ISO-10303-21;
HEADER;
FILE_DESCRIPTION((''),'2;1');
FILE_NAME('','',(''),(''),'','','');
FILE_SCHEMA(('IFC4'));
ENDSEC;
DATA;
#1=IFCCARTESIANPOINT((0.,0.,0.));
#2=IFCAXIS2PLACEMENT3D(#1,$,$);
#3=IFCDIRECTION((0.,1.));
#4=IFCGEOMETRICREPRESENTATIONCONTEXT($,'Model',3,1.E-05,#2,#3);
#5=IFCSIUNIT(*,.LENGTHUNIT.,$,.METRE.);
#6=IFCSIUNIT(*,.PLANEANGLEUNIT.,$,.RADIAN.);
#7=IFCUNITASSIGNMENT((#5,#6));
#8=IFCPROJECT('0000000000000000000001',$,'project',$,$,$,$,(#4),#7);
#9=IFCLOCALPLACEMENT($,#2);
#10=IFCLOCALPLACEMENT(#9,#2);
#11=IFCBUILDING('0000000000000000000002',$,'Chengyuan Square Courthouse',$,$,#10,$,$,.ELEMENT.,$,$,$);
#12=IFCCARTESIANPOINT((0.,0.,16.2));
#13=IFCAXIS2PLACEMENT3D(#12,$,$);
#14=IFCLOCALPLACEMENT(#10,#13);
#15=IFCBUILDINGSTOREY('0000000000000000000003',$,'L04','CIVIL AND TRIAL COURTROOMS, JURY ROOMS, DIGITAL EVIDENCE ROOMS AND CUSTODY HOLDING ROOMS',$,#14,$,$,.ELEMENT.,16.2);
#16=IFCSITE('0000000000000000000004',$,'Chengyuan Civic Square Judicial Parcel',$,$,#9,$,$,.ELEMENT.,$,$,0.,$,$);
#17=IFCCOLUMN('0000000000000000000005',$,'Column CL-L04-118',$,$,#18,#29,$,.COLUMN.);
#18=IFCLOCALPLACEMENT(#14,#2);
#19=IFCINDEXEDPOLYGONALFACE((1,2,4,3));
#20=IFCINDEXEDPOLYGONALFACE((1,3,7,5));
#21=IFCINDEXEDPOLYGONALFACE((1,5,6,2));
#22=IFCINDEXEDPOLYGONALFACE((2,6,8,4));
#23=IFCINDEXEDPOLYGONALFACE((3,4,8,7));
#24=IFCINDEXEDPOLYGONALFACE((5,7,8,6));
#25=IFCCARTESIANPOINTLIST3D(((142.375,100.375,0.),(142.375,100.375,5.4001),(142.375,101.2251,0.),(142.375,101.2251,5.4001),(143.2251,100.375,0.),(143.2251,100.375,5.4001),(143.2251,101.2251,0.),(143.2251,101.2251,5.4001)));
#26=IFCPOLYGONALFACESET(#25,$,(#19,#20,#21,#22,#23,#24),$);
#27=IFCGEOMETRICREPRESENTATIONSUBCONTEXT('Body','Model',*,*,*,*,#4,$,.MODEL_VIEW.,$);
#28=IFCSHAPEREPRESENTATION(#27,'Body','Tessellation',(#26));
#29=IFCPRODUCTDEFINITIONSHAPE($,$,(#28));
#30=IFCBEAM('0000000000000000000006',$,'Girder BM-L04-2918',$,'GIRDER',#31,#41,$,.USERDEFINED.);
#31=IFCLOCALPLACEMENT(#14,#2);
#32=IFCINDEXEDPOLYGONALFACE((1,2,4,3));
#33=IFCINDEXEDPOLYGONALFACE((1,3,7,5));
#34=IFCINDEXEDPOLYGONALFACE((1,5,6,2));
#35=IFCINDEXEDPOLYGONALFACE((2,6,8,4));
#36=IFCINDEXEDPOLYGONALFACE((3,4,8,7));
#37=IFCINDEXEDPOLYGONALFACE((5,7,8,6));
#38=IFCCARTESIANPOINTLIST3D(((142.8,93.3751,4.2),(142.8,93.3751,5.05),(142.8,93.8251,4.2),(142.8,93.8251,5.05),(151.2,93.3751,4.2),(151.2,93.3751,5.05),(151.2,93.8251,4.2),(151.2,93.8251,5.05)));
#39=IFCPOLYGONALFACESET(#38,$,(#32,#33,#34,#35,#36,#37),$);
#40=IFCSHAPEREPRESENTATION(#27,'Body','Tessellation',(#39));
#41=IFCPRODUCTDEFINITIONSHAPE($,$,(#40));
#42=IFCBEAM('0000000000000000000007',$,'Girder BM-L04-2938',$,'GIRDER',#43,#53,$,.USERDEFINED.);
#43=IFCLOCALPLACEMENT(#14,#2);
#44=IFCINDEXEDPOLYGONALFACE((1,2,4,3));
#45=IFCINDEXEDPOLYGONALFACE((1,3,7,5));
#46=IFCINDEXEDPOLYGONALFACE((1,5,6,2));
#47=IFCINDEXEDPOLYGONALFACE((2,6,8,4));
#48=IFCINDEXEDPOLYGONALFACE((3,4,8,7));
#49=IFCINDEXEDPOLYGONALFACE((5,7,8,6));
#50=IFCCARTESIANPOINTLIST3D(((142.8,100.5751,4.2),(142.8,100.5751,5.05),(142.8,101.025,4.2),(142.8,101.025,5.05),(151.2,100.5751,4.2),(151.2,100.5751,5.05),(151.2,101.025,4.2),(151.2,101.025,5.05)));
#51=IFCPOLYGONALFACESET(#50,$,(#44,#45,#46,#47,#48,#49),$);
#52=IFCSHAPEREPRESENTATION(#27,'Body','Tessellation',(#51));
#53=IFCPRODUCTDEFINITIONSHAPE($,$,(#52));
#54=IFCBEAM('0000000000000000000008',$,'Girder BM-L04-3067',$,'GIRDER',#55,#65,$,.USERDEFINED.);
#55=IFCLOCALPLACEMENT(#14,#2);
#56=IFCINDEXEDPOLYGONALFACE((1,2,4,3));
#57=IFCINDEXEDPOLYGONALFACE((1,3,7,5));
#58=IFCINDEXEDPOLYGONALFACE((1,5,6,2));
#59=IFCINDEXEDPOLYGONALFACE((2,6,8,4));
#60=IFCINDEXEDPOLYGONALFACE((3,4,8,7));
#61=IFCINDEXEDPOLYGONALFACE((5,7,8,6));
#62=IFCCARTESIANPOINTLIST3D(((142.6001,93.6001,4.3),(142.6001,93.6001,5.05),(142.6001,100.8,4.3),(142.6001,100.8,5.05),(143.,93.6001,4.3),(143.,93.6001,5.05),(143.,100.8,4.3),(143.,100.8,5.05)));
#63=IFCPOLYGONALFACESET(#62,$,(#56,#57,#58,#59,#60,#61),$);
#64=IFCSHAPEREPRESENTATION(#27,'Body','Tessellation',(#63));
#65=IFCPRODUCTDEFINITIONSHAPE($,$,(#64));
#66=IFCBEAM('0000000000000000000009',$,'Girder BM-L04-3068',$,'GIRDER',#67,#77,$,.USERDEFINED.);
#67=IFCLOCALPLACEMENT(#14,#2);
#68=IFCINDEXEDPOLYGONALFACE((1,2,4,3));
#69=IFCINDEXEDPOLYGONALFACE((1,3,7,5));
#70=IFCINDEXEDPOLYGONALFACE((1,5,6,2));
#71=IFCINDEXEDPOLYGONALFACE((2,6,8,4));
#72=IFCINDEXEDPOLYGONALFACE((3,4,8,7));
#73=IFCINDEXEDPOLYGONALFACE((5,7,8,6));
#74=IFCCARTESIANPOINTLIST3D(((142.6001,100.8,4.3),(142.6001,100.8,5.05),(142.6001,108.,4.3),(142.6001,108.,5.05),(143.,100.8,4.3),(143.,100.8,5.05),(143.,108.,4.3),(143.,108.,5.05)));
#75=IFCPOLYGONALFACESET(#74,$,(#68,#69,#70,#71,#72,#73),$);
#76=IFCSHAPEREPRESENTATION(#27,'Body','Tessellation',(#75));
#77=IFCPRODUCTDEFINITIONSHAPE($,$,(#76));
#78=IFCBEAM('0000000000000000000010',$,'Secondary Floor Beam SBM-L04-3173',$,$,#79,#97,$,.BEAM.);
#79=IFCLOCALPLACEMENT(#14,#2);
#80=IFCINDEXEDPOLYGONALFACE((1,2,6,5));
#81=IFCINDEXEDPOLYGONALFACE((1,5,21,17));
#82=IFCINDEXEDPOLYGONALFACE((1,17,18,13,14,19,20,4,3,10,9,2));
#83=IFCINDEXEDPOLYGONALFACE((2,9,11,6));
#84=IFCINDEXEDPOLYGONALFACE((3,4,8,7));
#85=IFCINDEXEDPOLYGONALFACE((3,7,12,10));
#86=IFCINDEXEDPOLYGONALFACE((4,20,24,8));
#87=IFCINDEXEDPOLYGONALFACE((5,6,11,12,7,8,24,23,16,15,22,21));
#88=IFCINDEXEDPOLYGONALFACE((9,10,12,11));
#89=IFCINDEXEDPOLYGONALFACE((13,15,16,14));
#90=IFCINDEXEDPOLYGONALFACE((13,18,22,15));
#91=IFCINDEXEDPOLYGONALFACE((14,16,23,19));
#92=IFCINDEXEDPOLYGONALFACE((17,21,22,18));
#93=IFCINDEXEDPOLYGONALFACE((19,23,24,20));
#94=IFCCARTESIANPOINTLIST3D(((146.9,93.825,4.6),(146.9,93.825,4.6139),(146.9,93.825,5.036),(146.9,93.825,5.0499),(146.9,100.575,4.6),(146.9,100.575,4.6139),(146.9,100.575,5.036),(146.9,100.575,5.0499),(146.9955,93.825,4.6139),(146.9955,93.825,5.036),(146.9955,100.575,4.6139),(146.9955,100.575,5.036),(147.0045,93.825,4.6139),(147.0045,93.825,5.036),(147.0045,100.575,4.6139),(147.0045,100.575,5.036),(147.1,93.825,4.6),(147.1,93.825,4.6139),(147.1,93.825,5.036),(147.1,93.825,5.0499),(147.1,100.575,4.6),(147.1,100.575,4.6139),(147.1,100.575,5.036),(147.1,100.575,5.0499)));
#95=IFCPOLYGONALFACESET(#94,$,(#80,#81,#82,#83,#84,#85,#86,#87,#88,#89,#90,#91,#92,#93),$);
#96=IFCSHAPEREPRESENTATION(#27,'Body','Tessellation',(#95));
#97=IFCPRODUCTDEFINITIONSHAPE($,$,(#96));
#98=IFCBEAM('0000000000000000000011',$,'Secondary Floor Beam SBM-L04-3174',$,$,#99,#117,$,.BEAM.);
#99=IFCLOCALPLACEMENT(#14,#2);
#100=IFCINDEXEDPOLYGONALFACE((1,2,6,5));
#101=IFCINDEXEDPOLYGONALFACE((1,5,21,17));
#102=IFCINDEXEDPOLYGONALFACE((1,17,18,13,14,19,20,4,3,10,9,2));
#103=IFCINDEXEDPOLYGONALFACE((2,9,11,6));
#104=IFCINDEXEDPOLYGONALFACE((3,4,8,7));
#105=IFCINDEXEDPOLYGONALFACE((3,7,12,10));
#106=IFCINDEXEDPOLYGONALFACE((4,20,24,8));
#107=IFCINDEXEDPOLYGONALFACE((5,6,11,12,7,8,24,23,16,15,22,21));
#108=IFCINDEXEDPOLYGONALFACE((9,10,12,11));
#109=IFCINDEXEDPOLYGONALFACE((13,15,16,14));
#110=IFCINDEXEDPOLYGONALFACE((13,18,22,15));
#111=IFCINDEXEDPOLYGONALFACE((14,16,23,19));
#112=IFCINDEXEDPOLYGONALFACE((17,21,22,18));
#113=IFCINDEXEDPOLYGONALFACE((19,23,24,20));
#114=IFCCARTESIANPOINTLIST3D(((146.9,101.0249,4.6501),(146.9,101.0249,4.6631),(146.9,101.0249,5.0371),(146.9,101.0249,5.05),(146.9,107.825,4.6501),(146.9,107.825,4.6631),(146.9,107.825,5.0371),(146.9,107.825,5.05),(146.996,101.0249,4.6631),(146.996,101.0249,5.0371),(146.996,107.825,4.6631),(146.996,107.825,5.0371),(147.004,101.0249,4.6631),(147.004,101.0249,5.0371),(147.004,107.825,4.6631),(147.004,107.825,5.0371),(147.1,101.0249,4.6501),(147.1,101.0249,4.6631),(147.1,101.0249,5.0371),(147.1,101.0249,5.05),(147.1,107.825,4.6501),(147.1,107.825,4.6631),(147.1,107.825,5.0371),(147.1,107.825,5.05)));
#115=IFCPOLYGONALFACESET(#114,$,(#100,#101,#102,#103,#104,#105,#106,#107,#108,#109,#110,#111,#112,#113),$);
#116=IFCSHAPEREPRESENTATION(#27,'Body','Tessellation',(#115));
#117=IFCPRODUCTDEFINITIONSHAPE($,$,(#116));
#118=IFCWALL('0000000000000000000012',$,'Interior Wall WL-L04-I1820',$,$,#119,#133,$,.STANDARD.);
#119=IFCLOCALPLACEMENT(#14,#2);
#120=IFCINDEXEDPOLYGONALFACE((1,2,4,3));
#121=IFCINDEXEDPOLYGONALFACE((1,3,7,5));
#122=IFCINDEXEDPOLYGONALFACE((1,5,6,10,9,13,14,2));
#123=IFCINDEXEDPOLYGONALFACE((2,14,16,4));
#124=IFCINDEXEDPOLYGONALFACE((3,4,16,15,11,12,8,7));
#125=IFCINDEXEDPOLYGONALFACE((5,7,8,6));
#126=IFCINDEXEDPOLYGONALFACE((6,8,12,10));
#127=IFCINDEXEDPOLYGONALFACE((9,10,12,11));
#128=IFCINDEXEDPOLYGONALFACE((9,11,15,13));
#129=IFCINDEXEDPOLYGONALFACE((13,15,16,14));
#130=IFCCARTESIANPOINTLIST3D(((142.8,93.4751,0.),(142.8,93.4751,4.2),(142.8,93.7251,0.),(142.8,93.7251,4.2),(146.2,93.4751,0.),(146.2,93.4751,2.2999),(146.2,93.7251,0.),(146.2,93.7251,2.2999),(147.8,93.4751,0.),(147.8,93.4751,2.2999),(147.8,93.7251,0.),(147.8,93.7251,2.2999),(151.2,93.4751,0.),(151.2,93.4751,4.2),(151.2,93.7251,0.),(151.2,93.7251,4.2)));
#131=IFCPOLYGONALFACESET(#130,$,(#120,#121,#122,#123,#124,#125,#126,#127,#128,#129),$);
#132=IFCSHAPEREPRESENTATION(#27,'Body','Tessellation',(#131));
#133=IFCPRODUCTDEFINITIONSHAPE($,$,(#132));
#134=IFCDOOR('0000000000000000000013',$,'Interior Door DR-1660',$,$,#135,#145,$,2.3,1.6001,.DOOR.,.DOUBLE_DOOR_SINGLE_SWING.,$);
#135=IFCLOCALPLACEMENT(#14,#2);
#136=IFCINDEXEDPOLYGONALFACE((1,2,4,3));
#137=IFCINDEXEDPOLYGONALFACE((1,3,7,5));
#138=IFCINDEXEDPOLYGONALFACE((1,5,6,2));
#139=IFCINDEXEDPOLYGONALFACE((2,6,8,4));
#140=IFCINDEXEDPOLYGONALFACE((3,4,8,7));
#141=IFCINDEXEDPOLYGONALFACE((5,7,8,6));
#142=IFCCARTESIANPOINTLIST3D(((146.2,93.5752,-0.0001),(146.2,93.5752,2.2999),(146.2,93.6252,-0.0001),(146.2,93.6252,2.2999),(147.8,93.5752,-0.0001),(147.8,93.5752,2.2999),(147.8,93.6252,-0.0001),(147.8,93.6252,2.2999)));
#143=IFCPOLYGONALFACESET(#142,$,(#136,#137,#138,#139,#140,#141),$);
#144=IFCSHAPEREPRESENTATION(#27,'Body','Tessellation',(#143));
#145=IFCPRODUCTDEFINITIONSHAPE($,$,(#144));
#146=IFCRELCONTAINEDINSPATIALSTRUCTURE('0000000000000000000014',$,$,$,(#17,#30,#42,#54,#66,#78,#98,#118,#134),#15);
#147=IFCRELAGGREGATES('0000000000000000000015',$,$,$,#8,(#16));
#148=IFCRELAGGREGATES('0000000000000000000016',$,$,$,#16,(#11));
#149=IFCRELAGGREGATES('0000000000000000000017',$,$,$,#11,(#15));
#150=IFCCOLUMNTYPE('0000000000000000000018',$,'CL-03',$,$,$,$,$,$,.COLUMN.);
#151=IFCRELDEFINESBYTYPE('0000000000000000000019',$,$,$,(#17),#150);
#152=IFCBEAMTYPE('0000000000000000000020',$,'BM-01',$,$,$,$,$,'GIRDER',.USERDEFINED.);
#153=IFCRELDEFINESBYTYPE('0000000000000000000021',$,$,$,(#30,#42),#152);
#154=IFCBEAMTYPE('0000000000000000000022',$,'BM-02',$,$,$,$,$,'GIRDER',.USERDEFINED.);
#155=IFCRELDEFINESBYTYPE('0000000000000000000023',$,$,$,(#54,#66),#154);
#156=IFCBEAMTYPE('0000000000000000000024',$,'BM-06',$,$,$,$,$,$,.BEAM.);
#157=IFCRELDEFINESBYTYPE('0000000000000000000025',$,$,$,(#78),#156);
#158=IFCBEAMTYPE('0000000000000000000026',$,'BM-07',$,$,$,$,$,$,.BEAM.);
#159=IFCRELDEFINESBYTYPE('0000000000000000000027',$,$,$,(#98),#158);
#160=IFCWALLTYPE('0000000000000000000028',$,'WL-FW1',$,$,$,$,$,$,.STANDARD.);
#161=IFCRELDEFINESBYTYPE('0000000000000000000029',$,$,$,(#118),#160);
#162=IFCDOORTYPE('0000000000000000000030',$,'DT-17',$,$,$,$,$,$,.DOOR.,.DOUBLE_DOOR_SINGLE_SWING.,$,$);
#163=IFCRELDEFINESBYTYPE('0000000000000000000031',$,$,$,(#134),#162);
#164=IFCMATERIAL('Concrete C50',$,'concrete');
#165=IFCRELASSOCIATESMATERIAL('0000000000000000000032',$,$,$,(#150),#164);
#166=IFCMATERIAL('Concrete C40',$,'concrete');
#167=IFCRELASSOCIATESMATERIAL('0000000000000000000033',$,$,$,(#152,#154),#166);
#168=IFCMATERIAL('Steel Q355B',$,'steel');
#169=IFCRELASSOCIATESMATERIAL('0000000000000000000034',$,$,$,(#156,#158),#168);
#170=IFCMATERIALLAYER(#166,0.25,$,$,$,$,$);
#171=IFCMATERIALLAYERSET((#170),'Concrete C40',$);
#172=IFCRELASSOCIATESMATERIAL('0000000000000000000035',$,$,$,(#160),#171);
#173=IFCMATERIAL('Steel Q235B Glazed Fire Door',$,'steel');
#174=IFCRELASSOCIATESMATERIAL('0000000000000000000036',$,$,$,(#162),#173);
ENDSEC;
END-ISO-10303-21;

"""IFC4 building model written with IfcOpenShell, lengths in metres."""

from ifc_helpers import new_model, si_unit, direction, frame, frame_2d, origin, origin_2d, place, context, subcontext, project, spatial, rectangle, i_section, extrude, material, layer, layer_set, material_profile, profile_set, type_object, element, fill, save


model = new_model("IFC4")

# Units and contexts
model_context = context("Model", 3, precision=1e-05, world=origin(), true_north=direction((0.0, 1.0)))
body_context = subcontext(model_context, "Body", "Model", "MODEL_VIEW")
ifc_project = project(units=[si_unit("LENGTHUNIT", "METRE"), si_unit("PLANEANGLEUNIT", "RADIAN")], contexts=[model_context])

# Site, building, storey
site_placement = place(None, origin())
site = spatial("IfcSite", under=ifc_project, at=site_placement, Name="Chengyuan Civic Square Judicial Parcel", CompositionType="ELEMENT", RefElevation=0.0)
building_placement = place(site_placement, origin())
building = spatial("IfcBuilding", under=site, at=building_placement, Name="Chengyuan Square Courthouse", CompositionType="ELEMENT")
storey_placement = place(building_placement, frame((0.0, 0.0, 16.2)))
storey = spatial("IfcBuildingStorey", under=building, at=storey_placement, Name="L04", Description="CIVIL AND TRIAL COURTROOMS, JURY ROOMS, DIGITAL EVIDENCE ROOMS AND CUSTODY HOLDING ROOMS", CompositionType="ELEMENT", Elevation=16.2)

# Column
ifc_material_1 = material(Name="Concrete C50", Category="concrete")
ifc_material_profile_1 = material_profile(ifc_material_1, rectangle(XDim=0.8501, YDim=0.8501, at=origin_2d()), Name="RC-COL-850x850")
ifc_profile_set_1 = profile_set([ifc_material_profile_1], Name="Concrete C50")
column_type = type_object("IfcColumnType", Name="CL-03", PredefinedType="COLUMN", material=ifc_profile_set_1)
column_placement = place(storey_placement, frame((142.8, 100.8, 0.0), z_axis=(0.0, 0.0, 1.0), x_axis=(1.0, 0.0, 0.0)))
element("IfcColumn", 1, at=column_placement, inside=storey, type_object=column_type, Name="Column CL-L04-118", PredefinedType="COLUMN", context=body_context, shape_type="SweptSolid", body=[
    extrude(rectangle(XDim=0.8501, YDim=0.8501, at=origin_2d()), origin(), (0.0, 0.0, 1.0), 5.4001),
])

# Beams
ifc_material_2 = material(Name="Concrete C40", Category="concrete")
ifc_material_profile_2 = material_profile(ifc_material_2, rectangle(XDim=0.45, YDim=0.8501, at=origin_2d()), Name="RC-BM-450x850")
ifc_profile_set_2 = profile_set([ifc_material_profile_2], Name="Concrete C40")
beam_type_1 = type_object("IfcBeamType", Name="BM-01", ElementType="GIRDER", PredefinedType="USERDEFINED", material=ifc_profile_set_2)
for number, where, z_axis, x_axis, name in (
    (2, (142.8, 93.6001, 4.625), (1.0, 0.0, 0.0), (0.0, 1.0, 0.0), "Girder BM-L04-2918"),
    (3, (142.8, 100.8, 4.625), (1.0, 0.0, 0.0), (0.0, 1.0, 0.0), "Girder BM-L04-2938"),
):
    element("IfcBeam", number, at=place(storey_placement, frame(where, z_axis=z_axis, x_axis=x_axis)), inside=storey, type_object=beam_type_1, Name=name, ObjectType="GIRDER", PredefinedType="USERDEFINED", context=body_context, shape_type="SweptSolid", body=[
        extrude(rectangle(XDim=0.45, YDim=0.8501, at=origin_2d()), origin(), (0.0, 0.0, 1.0), 8.3999),
    ])
ifc_material_profile_3 = material_profile(ifc_material_2, rectangle(XDim=0.3999, YDim=0.75, at=origin_2d()), Name="RC-BM-400x750")
ifc_profile_set_3 = profile_set([ifc_material_profile_3], Name="Concrete C40")
beam_type_2 = type_object("IfcBeamType", Name="BM-02", ElementType="GIRDER", PredefinedType="USERDEFINED", material=ifc_profile_set_3)
for number, where, z_axis, x_axis, name in (
    (4, (142.8, 93.6001, 4.675), (0.0, 1.0, 0.0), (-1.0, 0.0, 0.0), "Girder BM-L04-3067"),
    (5, (142.8, 100.8, 4.675), (0.0, 1.0, 0.0), (-1.0, 0.0, 0.0), "Girder BM-L04-3068"),
):
    element("IfcBeam", number, at=place(storey_placement, frame(where, z_axis=z_axis, x_axis=x_axis)), inside=storey, type_object=beam_type_2, Name=name, ObjectType="GIRDER", PredefinedType="USERDEFINED", context=body_context, shape_type="SweptSolid", body=[
        extrude(rectangle(XDim=0.3999, YDim=0.75, at=origin_2d()), origin(), (0.0, 0.0, 1.0), 7.2),
    ])
ifc_material_3 = material(Name="Steel Q355B", Category="steel")
ifc_material_profile_4 = material_profile(ifc_material_3, i_section(OverallWidth=0.2, OverallDepth=0.45, WebThickness=0.009, FlangeThickness=0.0139, at=origin_2d()), Name="HN 450x200x9x14")
ifc_profile_set_4 = profile_set([ifc_material_profile_4], Name="Steel Q355B")
beam_type_3 = type_object("IfcBeamType", Name="BM-06", PredefinedType="BEAM", material=ifc_profile_set_4)
beam_1_placement = place(storey_placement, frame((147.0, 93.825, 4.825), z_axis=(0.0, 1.0, 0.0), x_axis=(-1.0, 0.0, 0.0)))
element("IfcBeam", 6, at=beam_1_placement, inside=storey, type_object=beam_type_3, Name="Secondary Floor Beam SBM-L04-3173", PredefinedType="BEAM", context=body_context, shape_type="SweptSolid", body=[
    extrude(i_section(OverallWidth=0.2, OverallDepth=0.45, WebThickness=0.009, FlangeThickness=0.0139, at=origin_2d()), origin(), (0.0, 0.0, 1.0), 6.75),
])
ifc_material_profile_5 = material_profile(ifc_material_3, i_section(OverallWidth=0.2, OverallDepth=0.3999, WebThickness=0.0081, FlangeThickness=0.0129, at=origin_2d()), Name="HN 400x200x8x13")
ifc_profile_set_5 = profile_set([ifc_material_profile_5], Name="Steel Q355B")
beam_type_4 = type_object("IfcBeamType", Name="BM-07", PredefinedType="BEAM", material=ifc_profile_set_5)
beam_2_placement = place(storey_placement, frame((147.0, 101.0249, 4.8501), z_axis=(0.0, 1.0, 0.0), x_axis=(-1.0, 0.0, 0.0)))
element("IfcBeam", 7, at=beam_2_placement, inside=storey, type_object=beam_type_4, Name="Secondary Floor Beam SBM-L04-3174", PredefinedType="BEAM", context=body_context, shape_type="SweptSolid", body=[
    extrude(i_section(OverallWidth=0.2, OverallDepth=0.3999, WebThickness=0.0081, FlangeThickness=0.0129, at=origin_2d()), origin(), (0.0, 0.0, 1.0), 6.8),
])

# Wall, opening, door
ifc_layer_1 = layer(ifc_material_2, 0.25)
ifc_layer_set_1 = layer_set([ifc_layer_1], Name="Concrete C40")
wall_type_1 = type_object("IfcWallType", Name="WL-FW1", PredefinedType="STANDARD", material=ifc_layer_set_1)
wall_1_placement = place(storey_placement, frame((142.8, 93.6001, 0.0), z_axis=(0.0, 0.0, 1.0), x_axis=(1.0, 0.0, 0.0)))
wall_1 = element("IfcWall", 8, at=wall_1_placement, inside=storey, type_object=wall_type_1, Name="Interior Wall WL-L04-I1820", PredefinedType="STANDARD", context=body_context, shape_type="SweptSolid", body=[
    extrude(rectangle(XDim=8.3999, YDim=0.25, at=frame_2d((4.2, 0.0))), origin(), (0.0, 0.0, 1.0), 4.2),
])
opening_1_placement = place(wall_1_placement, frame((3.3999, 0.0, 0.0)))
opening_1 = element("IfcOpeningElement", 9, at=opening_1_placement, cuts=wall_1, PredefinedType="OPENING", context=body_context, shape_type="SweptSolid", body=[
    extrude(rectangle(XDim=1.6001, YDim=2.3, at=frame_2d((0.8, 1.1499))), frame((0.0, 0.137, 0.0), z_axis=(0.0, -1.0, 0.0), x_axis=(1.0, 0.0, 0.0)), (0.0, 0.0, 1.0), 0.2739),
])
ifc_material_4 = material(Name="Steel Q235B Glazed Fire Door", Category="steel")
door_type_1 = type_object("IfcDoorType", Name="DT-17", OperationType="DOUBLE_DOOR_SINGLE_SWING", PredefinedType="DOOR", material=ifc_material_4)
door_1_placement = place(opening_1_placement, frame((1.6001, 0.0, 0.0), z_axis=(0.0, 0.0, 1.0), x_axis=(-1.0, 0.0, 0.0)))
door_1 = element("IfcDoor", 10, at=door_1_placement, inside=storey, type_object=door_type_1, Name="Interior Door DR-1660", OperationType="DOUBLE_DOOR_SINGLE_SWING", OverallHeight=2.3, OverallWidth=1.6001, PredefinedType="DOOR", context=body_context, shape_type="SweptSolid", body=[
    extrude(rectangle(XDim=1.6001, YDim=2.3, at=frame_2d((0.8, 1.1499))), frame((0.0, 0.0249, 0.0), z_axis=(0.0, -1.0, 0.0), x_axis=(1.0, 0.0, 0.0)), (0.0, 0.0, 1.0), 0.05),
])
fill(opening_1, door_1)

save(model, "model.ifc")
